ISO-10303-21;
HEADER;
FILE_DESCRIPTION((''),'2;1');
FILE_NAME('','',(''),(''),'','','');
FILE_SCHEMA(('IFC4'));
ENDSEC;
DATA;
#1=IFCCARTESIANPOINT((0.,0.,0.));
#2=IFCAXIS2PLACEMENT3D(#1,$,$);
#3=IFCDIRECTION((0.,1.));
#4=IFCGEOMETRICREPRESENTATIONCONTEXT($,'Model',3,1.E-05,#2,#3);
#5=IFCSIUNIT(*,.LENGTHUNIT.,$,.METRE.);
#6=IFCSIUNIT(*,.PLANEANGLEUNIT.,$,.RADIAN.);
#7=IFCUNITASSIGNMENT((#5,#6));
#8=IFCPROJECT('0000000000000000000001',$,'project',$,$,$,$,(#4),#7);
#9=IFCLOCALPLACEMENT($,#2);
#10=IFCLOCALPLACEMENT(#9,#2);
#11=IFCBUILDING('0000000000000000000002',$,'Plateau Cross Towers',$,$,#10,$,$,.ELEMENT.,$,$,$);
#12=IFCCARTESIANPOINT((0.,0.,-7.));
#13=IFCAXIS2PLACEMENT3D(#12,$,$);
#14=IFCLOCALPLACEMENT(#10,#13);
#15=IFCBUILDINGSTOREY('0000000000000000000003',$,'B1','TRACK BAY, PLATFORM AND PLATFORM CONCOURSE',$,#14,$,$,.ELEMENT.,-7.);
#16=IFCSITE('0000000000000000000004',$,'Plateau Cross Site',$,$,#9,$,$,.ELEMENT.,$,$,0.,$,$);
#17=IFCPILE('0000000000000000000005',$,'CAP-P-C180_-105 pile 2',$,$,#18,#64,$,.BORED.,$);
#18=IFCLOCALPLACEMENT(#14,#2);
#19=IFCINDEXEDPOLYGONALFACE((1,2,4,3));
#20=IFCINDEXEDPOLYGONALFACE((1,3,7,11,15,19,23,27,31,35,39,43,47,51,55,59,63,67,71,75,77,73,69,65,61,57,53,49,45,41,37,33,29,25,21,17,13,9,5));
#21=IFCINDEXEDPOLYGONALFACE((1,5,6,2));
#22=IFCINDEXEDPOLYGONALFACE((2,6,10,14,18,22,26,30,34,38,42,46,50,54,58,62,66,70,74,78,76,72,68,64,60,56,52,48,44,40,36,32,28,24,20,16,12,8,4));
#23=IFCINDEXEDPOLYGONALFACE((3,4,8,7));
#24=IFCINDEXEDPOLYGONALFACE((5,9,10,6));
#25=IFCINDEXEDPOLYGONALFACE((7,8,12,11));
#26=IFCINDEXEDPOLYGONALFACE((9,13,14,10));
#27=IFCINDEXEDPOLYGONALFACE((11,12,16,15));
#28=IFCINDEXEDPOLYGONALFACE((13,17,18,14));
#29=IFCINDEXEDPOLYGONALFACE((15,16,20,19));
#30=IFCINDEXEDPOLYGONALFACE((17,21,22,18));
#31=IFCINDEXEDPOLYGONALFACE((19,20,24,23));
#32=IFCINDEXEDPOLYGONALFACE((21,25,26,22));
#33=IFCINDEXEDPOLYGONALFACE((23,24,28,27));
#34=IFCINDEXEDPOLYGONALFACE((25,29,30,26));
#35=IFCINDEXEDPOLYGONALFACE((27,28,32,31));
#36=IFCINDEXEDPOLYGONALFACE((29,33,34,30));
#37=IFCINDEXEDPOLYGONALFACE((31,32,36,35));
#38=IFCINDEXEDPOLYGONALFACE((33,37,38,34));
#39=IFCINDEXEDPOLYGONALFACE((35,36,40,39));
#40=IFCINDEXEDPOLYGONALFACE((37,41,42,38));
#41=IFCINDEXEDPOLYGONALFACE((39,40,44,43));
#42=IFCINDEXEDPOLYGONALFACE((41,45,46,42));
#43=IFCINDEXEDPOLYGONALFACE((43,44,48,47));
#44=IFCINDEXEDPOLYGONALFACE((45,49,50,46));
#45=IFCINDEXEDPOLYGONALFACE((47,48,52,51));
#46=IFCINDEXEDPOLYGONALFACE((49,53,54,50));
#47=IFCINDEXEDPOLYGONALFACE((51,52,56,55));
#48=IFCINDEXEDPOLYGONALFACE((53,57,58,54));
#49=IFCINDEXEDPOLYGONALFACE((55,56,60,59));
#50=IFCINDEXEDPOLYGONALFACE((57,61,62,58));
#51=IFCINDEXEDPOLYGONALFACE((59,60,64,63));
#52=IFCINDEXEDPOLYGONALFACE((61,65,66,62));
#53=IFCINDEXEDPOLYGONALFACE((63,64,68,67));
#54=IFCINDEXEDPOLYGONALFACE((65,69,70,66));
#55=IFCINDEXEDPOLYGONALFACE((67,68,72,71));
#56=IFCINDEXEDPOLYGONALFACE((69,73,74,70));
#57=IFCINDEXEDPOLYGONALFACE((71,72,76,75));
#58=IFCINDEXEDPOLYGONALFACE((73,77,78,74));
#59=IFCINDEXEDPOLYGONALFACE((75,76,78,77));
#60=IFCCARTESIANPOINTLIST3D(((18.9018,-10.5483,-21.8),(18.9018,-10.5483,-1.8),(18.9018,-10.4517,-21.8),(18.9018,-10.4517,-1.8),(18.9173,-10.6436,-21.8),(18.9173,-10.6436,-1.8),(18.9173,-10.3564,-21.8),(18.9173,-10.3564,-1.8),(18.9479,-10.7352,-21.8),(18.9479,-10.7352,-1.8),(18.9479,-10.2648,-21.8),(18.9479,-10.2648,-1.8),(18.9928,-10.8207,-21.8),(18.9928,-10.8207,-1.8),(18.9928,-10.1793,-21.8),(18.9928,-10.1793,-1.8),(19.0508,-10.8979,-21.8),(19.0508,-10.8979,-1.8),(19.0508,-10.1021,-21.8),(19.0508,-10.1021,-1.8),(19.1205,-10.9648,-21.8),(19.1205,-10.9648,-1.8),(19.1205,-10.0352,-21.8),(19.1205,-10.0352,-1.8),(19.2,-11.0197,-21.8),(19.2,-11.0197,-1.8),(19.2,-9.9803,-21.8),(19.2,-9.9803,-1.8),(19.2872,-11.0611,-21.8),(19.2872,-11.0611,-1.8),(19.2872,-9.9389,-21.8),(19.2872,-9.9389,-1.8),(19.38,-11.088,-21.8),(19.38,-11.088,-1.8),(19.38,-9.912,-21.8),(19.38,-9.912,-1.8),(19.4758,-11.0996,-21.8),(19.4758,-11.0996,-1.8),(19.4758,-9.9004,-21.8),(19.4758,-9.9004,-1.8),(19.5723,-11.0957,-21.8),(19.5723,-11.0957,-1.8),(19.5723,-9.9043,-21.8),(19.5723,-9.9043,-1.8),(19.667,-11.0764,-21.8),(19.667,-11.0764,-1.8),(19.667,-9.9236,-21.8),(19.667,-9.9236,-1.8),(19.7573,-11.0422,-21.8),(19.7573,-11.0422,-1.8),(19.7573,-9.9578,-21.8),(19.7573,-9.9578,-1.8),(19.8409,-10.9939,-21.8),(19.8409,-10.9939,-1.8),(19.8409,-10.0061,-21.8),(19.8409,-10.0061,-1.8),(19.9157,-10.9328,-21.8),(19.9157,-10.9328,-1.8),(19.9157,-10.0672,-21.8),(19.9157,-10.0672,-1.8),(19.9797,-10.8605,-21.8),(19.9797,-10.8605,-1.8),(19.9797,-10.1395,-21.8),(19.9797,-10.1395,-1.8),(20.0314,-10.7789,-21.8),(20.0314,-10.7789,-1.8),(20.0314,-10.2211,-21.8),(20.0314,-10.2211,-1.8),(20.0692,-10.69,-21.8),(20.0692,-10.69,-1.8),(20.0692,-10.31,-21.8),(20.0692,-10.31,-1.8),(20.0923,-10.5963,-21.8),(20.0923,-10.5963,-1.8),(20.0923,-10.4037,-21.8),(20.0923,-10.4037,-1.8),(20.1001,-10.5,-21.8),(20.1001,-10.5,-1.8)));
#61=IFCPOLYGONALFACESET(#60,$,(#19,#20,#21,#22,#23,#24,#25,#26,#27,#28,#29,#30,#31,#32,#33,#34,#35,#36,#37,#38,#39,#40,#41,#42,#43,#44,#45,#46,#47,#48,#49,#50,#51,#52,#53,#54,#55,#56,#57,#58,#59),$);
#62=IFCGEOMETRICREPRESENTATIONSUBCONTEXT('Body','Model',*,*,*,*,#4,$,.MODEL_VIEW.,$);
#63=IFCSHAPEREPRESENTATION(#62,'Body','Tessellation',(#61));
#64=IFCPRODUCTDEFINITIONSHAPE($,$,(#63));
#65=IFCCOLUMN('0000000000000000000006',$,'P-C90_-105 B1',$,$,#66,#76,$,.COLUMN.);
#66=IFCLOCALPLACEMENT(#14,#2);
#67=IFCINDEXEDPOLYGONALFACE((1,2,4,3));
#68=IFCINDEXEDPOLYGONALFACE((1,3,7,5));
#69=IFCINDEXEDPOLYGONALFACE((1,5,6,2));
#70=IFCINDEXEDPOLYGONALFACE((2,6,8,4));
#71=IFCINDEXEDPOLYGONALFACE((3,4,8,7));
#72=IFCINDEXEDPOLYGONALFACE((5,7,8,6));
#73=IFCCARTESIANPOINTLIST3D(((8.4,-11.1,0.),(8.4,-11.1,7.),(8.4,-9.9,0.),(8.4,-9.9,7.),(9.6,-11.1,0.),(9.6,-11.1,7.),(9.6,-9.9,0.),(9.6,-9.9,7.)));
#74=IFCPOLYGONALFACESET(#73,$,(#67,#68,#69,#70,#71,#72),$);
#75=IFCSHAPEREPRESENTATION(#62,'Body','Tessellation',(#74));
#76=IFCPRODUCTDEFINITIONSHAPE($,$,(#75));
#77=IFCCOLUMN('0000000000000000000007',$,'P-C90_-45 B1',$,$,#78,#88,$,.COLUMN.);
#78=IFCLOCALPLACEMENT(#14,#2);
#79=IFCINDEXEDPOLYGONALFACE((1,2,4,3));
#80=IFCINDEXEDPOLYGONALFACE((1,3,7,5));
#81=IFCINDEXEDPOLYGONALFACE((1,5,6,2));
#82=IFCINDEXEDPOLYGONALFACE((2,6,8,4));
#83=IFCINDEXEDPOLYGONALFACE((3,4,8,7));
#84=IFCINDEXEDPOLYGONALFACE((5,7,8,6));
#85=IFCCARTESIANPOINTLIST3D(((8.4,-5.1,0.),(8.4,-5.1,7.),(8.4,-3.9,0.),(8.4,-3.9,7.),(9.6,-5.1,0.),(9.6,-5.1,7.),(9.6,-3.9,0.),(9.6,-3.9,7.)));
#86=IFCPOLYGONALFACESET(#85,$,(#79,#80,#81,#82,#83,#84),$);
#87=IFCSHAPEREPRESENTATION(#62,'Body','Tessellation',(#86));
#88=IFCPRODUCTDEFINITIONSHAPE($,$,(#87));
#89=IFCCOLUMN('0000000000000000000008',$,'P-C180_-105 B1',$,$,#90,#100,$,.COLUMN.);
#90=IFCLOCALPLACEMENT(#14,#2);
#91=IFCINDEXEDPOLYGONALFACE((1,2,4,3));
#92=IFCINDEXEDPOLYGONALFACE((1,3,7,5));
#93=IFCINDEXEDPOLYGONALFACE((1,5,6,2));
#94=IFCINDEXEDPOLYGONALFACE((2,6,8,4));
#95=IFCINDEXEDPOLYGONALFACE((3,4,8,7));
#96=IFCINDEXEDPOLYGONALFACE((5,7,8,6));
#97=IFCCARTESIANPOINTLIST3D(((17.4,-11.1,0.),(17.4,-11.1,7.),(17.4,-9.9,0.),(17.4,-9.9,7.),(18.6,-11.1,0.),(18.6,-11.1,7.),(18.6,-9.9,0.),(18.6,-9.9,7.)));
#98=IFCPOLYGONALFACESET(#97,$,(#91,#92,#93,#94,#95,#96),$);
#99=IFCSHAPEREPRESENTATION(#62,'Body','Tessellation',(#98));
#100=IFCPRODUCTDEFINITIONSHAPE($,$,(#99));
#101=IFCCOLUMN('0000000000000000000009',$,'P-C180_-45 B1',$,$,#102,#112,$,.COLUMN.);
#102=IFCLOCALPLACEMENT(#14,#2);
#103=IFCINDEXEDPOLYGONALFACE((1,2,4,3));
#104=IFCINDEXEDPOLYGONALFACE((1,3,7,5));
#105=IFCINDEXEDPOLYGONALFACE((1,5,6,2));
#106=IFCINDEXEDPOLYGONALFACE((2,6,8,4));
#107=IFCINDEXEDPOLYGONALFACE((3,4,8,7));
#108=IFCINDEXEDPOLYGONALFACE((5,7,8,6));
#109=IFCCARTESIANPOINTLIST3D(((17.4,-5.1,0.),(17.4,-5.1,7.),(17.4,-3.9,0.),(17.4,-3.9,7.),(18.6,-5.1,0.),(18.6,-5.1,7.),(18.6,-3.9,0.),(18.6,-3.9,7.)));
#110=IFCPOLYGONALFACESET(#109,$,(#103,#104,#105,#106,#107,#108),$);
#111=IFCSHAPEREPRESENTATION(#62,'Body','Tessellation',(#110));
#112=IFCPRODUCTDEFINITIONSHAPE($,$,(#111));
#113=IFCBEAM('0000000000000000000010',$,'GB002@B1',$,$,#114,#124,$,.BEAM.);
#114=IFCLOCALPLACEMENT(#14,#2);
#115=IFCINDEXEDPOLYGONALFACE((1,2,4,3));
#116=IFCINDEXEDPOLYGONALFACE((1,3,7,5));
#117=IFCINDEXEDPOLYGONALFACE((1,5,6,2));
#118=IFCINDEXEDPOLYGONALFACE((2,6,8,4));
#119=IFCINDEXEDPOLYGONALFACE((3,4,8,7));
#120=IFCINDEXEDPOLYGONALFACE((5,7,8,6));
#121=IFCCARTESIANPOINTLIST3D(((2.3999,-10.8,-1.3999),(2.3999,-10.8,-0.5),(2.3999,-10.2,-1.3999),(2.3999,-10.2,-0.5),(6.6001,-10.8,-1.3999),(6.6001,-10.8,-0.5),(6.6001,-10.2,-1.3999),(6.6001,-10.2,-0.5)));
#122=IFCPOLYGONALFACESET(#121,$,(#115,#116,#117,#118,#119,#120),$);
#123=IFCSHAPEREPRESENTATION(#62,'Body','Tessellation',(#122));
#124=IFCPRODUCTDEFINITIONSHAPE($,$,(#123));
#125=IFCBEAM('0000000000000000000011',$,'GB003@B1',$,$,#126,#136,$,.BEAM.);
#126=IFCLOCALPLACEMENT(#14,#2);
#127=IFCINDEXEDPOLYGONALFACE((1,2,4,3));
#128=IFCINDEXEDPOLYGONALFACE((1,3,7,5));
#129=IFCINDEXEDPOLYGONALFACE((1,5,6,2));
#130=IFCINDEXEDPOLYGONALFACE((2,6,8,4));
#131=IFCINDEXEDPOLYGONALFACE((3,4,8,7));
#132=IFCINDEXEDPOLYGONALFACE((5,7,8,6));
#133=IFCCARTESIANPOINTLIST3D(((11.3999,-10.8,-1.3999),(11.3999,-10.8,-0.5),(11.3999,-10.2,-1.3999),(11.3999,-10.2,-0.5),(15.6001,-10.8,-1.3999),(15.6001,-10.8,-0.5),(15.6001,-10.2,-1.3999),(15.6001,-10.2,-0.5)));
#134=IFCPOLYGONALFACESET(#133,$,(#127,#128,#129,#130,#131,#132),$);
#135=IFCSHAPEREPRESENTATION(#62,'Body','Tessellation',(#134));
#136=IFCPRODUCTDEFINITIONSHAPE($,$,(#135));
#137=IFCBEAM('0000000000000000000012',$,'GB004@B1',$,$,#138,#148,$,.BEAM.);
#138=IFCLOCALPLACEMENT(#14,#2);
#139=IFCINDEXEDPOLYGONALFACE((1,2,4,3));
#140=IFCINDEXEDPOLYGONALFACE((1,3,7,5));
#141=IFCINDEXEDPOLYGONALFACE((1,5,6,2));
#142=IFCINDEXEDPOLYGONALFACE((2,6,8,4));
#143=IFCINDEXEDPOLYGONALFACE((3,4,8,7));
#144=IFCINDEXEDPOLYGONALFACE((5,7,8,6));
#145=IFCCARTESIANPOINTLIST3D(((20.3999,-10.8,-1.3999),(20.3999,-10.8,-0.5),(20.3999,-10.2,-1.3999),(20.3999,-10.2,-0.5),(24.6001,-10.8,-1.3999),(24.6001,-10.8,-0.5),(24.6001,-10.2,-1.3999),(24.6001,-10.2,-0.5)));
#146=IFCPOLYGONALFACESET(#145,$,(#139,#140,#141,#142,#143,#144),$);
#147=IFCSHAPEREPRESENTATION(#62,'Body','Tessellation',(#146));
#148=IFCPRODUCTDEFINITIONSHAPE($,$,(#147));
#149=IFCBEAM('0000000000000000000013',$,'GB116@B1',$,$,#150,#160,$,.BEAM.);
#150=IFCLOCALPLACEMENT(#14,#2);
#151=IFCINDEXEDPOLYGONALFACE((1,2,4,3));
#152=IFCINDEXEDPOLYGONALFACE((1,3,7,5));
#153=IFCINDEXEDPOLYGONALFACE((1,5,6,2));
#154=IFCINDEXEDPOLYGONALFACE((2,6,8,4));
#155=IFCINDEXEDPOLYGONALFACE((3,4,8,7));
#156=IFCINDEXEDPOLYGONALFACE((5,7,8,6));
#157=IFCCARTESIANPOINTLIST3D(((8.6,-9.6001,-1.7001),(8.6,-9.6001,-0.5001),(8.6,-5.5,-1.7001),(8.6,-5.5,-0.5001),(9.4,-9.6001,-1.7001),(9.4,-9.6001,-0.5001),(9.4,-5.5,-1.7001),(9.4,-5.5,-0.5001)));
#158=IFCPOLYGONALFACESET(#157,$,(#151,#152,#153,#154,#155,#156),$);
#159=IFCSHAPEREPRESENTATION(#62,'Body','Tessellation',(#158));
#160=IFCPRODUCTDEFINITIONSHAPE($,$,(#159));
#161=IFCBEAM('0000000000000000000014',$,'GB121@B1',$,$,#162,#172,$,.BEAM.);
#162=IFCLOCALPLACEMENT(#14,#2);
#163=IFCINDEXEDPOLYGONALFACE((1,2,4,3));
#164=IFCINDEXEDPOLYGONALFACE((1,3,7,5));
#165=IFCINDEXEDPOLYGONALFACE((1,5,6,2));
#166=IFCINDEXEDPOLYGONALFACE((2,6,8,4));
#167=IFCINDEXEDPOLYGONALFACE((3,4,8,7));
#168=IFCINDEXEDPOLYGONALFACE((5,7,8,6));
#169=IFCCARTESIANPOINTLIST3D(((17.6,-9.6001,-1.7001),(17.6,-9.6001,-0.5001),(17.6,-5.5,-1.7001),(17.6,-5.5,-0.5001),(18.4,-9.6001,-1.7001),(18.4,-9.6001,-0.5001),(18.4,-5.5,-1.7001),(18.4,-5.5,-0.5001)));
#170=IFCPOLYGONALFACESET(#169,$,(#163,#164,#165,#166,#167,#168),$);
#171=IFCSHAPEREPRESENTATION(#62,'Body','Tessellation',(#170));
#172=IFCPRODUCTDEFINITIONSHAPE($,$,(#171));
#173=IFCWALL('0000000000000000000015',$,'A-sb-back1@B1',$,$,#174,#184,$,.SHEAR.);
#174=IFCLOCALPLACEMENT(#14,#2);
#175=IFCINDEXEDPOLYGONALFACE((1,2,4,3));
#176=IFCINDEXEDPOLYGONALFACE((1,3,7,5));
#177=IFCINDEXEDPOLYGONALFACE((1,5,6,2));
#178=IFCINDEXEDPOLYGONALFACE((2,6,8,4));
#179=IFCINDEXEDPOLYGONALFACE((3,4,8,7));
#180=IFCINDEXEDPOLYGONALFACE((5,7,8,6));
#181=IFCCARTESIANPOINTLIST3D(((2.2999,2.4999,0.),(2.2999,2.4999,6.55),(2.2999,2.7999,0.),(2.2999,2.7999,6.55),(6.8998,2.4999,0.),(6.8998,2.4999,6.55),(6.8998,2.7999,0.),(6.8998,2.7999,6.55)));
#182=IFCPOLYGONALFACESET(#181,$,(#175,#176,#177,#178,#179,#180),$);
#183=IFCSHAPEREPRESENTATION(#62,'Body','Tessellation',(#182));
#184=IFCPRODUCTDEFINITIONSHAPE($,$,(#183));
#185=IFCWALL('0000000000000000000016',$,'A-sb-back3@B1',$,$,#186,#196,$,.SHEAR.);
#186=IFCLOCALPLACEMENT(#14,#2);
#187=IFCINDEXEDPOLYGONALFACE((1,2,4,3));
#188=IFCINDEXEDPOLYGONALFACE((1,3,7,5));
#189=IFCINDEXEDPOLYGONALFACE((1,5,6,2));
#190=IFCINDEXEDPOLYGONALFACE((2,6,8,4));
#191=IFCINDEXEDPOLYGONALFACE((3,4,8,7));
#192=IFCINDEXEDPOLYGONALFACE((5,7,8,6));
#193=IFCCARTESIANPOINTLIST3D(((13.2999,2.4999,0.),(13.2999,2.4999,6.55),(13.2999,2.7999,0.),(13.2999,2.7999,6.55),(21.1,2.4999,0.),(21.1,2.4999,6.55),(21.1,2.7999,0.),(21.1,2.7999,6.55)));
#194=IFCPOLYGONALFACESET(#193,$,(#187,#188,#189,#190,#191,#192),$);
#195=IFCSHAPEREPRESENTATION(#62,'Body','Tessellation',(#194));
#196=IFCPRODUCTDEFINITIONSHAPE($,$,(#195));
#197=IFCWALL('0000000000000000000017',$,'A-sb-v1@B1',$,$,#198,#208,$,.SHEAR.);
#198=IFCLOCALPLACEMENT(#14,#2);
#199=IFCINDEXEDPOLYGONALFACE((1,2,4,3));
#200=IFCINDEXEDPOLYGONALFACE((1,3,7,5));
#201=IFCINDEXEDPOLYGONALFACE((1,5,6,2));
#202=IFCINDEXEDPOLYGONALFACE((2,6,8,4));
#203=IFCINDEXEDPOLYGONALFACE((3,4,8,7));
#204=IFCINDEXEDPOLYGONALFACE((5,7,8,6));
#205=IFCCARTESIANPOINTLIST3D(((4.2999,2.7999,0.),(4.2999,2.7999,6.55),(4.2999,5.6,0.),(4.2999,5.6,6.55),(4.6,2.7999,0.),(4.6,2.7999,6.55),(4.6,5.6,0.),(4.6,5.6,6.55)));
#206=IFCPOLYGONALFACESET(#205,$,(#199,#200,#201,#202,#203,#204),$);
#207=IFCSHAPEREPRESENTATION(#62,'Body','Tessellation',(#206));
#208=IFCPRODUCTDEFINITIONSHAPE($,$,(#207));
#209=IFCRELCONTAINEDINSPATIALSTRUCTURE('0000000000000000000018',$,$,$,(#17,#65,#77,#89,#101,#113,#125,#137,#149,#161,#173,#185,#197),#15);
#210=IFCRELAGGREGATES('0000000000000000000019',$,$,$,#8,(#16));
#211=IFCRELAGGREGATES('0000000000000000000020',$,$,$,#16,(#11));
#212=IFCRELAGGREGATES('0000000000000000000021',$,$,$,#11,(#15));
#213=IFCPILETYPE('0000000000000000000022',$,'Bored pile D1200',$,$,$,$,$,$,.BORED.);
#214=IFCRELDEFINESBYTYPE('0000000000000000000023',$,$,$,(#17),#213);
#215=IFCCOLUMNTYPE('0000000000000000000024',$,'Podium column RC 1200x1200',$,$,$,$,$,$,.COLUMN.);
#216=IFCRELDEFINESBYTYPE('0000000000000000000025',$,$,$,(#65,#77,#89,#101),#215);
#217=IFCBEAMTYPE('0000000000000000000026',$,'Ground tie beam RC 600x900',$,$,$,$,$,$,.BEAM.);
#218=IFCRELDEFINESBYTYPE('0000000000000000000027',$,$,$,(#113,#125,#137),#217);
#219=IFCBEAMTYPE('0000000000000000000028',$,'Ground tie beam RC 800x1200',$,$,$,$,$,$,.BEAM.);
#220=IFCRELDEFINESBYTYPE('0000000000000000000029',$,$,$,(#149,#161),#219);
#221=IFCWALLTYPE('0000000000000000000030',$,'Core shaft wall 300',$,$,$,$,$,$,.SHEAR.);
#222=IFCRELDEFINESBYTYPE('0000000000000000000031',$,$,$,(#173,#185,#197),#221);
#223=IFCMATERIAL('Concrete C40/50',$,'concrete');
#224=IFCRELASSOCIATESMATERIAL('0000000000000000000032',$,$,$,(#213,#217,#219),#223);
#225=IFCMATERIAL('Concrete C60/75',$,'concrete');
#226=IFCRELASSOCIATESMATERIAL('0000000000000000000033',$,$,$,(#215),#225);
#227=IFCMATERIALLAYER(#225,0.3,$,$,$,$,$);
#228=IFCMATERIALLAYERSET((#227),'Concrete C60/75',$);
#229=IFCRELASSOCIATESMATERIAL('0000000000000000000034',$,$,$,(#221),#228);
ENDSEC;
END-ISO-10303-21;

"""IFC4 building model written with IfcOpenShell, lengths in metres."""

from ifc_helpers import new_model, si_unit, direction, frame, frame_2d, origin, origin_2d, place, context, subcontext, project, spatial, rectangle, circle, extrude, material, layer, layer_set, material_profile, profile_set, type_object, element, save


model = new_model("IFC4")

# Units and contexts
model_context = context("Model", 3, precision=1e-05, world=origin(), true_north=direction((0.0, 1.0)))
body_context = subcontext(model_context, "Body", "Model", "MODEL_VIEW")
ifc_project = project(units=[si_unit("LENGTHUNIT", "METRE"), si_unit("PLANEANGLEUNIT", "RADIAN")], contexts=[model_context])

# Site, building, storey
site_placement = place(None, origin())
site = spatial("IfcSite", under=ifc_project, at=site_placement, Name="Plateau Cross Site", CompositionType="ELEMENT", RefElevation=0.0)
building_placement = place(site_placement, origin())
building = spatial("IfcBuilding", under=site, at=building_placement, Name="Plateau Cross Towers", CompositionType="ELEMENT")
storey_placement = place(building_placement, frame((0.0, 0.0, -7.0)))
storey = spatial("IfcBuildingStorey", under=building, at=storey_placement, Name="B1", Description="TRACK BAY, PLATFORM AND PLATFORM CONCOURSE", CompositionType="ELEMENT", Elevation=-7.0)

# Pile
ifc_material_1 = material(Name="Concrete C40/50", Category="concrete")
ifc_material_profile_1 = material_profile(ifc_material_1, circle(Radius=0.6001, at=origin_2d()), Name="Bored pile D1200")
ifc_profile_set_1 = profile_set([ifc_material_profile_1], Name="Concrete C40/50")
pile_type = type_object("IfcPileType", Name="Bored pile D1200", PredefinedType="BORED", material=ifc_profile_set_1)
for number, where, z_axis, x_axis, name in (
    (1, (19.5, -10.5, -1.8), (0.0, 0.0, -1.0), (1.0, 0.0, 0.0), "CAP-P-C180_-105 pile 2"),
):
    element("IfcPile", number, at=place(storey_placement, frame(where, z_axis=z_axis, x_axis=x_axis)), inside=storey, type_object=pile_type, Name=name, PredefinedType="BORED", context=body_context, shape_type="SweptSolid", body=[
        extrude(circle(Radius=0.6001, at=origin_2d()), origin(), (0.0, 0.0, 1.0), 20.0),
    ])

# Columns
ifc_material_2 = material(Name="Concrete C60/75", Category="concrete")
ifc_material_profile_2 = material_profile(ifc_material_2, rectangle(XDim=1.2, YDim=1.2, at=origin_2d()), Name="RC 1200x1200")
ifc_profile_set_2 = profile_set([ifc_material_profile_2], Name="Concrete C60/75")
column_type = type_object("IfcColumnType", Name="Podium column RC 1200x1200", PredefinedType="COLUMN", material=ifc_profile_set_2)
for number, where, z_axis, x_axis, name in (
    (2, (9.0, -10.5, 0.0), (0.0, 0.0, 1.0), (1.0, 0.0, 0.0), "P-C90_-105 B1"),
    (3, (9.0, -4.5, 0.0), (0.0, 0.0, 1.0), (1.0, 0.0, 0.0), "P-C90_-45 B1"),
    (4, (18.0, -10.5, 0.0), (0.0, 0.0, 1.0), (1.0, 0.0, 0.0), "P-C180_-105 B1"),
    (5, (18.0, -4.5, 0.0), (0.0, 0.0, 1.0), (1.0, 0.0, 0.0), "P-C180_-45 B1"),
):
    element("IfcColumn", number, at=place(storey_placement, frame(where, z_axis=z_axis, x_axis=x_axis)), inside=storey, type_object=column_type, Name=name, PredefinedType="COLUMN", context=body_context, shape_type="SweptSolid", body=[
        extrude(rectangle(XDim=1.2, YDim=1.2, at=origin_2d()), origin(), (0.0, 0.0, 1.0), 7.0),
    ])

# Beams
ifc_material_profile_3 = material_profile(ifc_material_1, rectangle(XDim=0.6001, YDim=0.8999, at=origin_2d()), Name="RC 600x900")
ifc_profile_set_3 = profile_set([ifc_material_profile_3], Name="Concrete C40/50")
beam_type_1 = type_object("IfcBeamType", Name="Ground tie beam RC 600x900", PredefinedType="BEAM", material=ifc_profile_set_3)
for number, where, z_axis, x_axis, name in (
    (6, (2.3999, -10.5, -0.95), (1.0, 0.0, 0.0), (0.0, 1.0, 0.0), "GB002@B1"),
    (7, (11.3999, -10.5, -0.95), (1.0, 0.0, 0.0), (0.0, 1.0, 0.0), "GB003@B1"),
    (8, (20.3999, -10.5, -0.95), (1.0, 0.0, 0.0), (0.0, 1.0, 0.0), "GB004@B1"),
):
    element("IfcBeam", number, at=place(storey_placement, frame(where, z_axis=z_axis, x_axis=x_axis)), inside=storey, type_object=beam_type_1, Name=name, PredefinedType="BEAM", context=body_context, shape_type="SweptSolid", body=[
        extrude(rectangle(XDim=0.6001, YDim=0.8999, at=origin_2d()), origin(), (0.0, 0.0, 1.0), 4.2002),
    ])
ifc_material_profile_4 = material_profile(ifc_material_1, rectangle(XDim=0.8, YDim=1.2, at=origin_2d()), Name="RC 800x1200")
ifc_profile_set_4 = profile_set([ifc_material_profile_4], Name="Concrete C40/50")
beam_type_2 = type_object("IfcBeamType", Name="Ground tie beam RC 800x1200", PredefinedType="BEAM", material=ifc_profile_set_4)
for number, where, z_axis, x_axis, name in (
    (9, (9.0, -9.6001, -1.1001), (0.0, 1.0, 0.0), (-1.0, 0.0, 0.0), "GB116@B1"),
    (10, (18.0, -9.6001, -1.1001), (0.0, 1.0, 0.0), (-1.0, 0.0, 0.0), "GB121@B1"),
):
    element("IfcBeam", number, at=place(storey_placement, frame(where, z_axis=z_axis, x_axis=x_axis)), inside=storey, type_object=beam_type_2, Name=name, PredefinedType="BEAM", context=body_context, shape_type="SweptSolid", body=[
        extrude(rectangle(XDim=0.8, YDim=1.2, at=origin_2d()), origin(), (0.0, 0.0, 1.0), 4.1001),
    ])

# Walls
ifc_layer_1 = layer(ifc_material_2, 0.3)
ifc_layer_set_1 = layer_set([ifc_layer_1], Name="Concrete C60/75")
wall_type_1 = type_object("IfcWallType", Name="Core shaft wall 300", PredefinedType="SHEAR", material=ifc_layer_set_1)
wall_1_placement = place(storey_placement, frame((2.3, 2.6499, 0.0), z_axis=(0.0, 0.0, 1.0), x_axis=(1.0, 0.0, 0.0)))
element("IfcWall", 11, at=wall_1_placement, inside=storey, type_object=wall_type_1, Name="A-sb-back1@B1", PredefinedType="SHEAR", context=body_context, shape_type="SweptSolid", body=[
    extrude(rectangle(XDim=4.5999, YDim=0.3, at=frame_2d((2.2998, 0.0))), origin(), (0.0, 0.0, 1.0), 6.55),
])
wall_2_placement = place(storey_placement, frame((13.3, 2.6499, 0.0), z_axis=(0.0, 0.0, 1.0), x_axis=(1.0, 0.0, 0.0)))
element("IfcWall", 12, at=wall_2_placement, inside=storey, type_object=wall_type_1, Name="A-sb-back3@B1", PredefinedType="SHEAR", context=body_context, shape_type="SweptSolid", body=[
    extrude(rectangle(XDim=7.8, YDim=0.3, at=frame_2d((3.8999, 0.0))), origin(), (0.0, 0.0, 1.0), 6.55),
])
for number, where, z_axis, x_axis, name in (
    (13, (4.45, 2.8, 0.0), (0.0, 0.0, 1.0), (0.0, 1.0, 0.0), "A-sb-v1@B1"),
):
    element("IfcWall", number, at=place(storey_placement, frame(where, z_axis=z_axis, x_axis=x_axis)), inside=storey, type_object=wall_type_1, Name=name, PredefinedType="SHEAR", context=body_context, shape_type="SweptSolid", body=[
        extrude(rectangle(XDim=2.8, YDim=0.3, at=frame_2d((1.3999, 0.0))), origin(), (0.0, 0.0, 1.0), 6.55),
    ])

save(model, "model.ifc")
